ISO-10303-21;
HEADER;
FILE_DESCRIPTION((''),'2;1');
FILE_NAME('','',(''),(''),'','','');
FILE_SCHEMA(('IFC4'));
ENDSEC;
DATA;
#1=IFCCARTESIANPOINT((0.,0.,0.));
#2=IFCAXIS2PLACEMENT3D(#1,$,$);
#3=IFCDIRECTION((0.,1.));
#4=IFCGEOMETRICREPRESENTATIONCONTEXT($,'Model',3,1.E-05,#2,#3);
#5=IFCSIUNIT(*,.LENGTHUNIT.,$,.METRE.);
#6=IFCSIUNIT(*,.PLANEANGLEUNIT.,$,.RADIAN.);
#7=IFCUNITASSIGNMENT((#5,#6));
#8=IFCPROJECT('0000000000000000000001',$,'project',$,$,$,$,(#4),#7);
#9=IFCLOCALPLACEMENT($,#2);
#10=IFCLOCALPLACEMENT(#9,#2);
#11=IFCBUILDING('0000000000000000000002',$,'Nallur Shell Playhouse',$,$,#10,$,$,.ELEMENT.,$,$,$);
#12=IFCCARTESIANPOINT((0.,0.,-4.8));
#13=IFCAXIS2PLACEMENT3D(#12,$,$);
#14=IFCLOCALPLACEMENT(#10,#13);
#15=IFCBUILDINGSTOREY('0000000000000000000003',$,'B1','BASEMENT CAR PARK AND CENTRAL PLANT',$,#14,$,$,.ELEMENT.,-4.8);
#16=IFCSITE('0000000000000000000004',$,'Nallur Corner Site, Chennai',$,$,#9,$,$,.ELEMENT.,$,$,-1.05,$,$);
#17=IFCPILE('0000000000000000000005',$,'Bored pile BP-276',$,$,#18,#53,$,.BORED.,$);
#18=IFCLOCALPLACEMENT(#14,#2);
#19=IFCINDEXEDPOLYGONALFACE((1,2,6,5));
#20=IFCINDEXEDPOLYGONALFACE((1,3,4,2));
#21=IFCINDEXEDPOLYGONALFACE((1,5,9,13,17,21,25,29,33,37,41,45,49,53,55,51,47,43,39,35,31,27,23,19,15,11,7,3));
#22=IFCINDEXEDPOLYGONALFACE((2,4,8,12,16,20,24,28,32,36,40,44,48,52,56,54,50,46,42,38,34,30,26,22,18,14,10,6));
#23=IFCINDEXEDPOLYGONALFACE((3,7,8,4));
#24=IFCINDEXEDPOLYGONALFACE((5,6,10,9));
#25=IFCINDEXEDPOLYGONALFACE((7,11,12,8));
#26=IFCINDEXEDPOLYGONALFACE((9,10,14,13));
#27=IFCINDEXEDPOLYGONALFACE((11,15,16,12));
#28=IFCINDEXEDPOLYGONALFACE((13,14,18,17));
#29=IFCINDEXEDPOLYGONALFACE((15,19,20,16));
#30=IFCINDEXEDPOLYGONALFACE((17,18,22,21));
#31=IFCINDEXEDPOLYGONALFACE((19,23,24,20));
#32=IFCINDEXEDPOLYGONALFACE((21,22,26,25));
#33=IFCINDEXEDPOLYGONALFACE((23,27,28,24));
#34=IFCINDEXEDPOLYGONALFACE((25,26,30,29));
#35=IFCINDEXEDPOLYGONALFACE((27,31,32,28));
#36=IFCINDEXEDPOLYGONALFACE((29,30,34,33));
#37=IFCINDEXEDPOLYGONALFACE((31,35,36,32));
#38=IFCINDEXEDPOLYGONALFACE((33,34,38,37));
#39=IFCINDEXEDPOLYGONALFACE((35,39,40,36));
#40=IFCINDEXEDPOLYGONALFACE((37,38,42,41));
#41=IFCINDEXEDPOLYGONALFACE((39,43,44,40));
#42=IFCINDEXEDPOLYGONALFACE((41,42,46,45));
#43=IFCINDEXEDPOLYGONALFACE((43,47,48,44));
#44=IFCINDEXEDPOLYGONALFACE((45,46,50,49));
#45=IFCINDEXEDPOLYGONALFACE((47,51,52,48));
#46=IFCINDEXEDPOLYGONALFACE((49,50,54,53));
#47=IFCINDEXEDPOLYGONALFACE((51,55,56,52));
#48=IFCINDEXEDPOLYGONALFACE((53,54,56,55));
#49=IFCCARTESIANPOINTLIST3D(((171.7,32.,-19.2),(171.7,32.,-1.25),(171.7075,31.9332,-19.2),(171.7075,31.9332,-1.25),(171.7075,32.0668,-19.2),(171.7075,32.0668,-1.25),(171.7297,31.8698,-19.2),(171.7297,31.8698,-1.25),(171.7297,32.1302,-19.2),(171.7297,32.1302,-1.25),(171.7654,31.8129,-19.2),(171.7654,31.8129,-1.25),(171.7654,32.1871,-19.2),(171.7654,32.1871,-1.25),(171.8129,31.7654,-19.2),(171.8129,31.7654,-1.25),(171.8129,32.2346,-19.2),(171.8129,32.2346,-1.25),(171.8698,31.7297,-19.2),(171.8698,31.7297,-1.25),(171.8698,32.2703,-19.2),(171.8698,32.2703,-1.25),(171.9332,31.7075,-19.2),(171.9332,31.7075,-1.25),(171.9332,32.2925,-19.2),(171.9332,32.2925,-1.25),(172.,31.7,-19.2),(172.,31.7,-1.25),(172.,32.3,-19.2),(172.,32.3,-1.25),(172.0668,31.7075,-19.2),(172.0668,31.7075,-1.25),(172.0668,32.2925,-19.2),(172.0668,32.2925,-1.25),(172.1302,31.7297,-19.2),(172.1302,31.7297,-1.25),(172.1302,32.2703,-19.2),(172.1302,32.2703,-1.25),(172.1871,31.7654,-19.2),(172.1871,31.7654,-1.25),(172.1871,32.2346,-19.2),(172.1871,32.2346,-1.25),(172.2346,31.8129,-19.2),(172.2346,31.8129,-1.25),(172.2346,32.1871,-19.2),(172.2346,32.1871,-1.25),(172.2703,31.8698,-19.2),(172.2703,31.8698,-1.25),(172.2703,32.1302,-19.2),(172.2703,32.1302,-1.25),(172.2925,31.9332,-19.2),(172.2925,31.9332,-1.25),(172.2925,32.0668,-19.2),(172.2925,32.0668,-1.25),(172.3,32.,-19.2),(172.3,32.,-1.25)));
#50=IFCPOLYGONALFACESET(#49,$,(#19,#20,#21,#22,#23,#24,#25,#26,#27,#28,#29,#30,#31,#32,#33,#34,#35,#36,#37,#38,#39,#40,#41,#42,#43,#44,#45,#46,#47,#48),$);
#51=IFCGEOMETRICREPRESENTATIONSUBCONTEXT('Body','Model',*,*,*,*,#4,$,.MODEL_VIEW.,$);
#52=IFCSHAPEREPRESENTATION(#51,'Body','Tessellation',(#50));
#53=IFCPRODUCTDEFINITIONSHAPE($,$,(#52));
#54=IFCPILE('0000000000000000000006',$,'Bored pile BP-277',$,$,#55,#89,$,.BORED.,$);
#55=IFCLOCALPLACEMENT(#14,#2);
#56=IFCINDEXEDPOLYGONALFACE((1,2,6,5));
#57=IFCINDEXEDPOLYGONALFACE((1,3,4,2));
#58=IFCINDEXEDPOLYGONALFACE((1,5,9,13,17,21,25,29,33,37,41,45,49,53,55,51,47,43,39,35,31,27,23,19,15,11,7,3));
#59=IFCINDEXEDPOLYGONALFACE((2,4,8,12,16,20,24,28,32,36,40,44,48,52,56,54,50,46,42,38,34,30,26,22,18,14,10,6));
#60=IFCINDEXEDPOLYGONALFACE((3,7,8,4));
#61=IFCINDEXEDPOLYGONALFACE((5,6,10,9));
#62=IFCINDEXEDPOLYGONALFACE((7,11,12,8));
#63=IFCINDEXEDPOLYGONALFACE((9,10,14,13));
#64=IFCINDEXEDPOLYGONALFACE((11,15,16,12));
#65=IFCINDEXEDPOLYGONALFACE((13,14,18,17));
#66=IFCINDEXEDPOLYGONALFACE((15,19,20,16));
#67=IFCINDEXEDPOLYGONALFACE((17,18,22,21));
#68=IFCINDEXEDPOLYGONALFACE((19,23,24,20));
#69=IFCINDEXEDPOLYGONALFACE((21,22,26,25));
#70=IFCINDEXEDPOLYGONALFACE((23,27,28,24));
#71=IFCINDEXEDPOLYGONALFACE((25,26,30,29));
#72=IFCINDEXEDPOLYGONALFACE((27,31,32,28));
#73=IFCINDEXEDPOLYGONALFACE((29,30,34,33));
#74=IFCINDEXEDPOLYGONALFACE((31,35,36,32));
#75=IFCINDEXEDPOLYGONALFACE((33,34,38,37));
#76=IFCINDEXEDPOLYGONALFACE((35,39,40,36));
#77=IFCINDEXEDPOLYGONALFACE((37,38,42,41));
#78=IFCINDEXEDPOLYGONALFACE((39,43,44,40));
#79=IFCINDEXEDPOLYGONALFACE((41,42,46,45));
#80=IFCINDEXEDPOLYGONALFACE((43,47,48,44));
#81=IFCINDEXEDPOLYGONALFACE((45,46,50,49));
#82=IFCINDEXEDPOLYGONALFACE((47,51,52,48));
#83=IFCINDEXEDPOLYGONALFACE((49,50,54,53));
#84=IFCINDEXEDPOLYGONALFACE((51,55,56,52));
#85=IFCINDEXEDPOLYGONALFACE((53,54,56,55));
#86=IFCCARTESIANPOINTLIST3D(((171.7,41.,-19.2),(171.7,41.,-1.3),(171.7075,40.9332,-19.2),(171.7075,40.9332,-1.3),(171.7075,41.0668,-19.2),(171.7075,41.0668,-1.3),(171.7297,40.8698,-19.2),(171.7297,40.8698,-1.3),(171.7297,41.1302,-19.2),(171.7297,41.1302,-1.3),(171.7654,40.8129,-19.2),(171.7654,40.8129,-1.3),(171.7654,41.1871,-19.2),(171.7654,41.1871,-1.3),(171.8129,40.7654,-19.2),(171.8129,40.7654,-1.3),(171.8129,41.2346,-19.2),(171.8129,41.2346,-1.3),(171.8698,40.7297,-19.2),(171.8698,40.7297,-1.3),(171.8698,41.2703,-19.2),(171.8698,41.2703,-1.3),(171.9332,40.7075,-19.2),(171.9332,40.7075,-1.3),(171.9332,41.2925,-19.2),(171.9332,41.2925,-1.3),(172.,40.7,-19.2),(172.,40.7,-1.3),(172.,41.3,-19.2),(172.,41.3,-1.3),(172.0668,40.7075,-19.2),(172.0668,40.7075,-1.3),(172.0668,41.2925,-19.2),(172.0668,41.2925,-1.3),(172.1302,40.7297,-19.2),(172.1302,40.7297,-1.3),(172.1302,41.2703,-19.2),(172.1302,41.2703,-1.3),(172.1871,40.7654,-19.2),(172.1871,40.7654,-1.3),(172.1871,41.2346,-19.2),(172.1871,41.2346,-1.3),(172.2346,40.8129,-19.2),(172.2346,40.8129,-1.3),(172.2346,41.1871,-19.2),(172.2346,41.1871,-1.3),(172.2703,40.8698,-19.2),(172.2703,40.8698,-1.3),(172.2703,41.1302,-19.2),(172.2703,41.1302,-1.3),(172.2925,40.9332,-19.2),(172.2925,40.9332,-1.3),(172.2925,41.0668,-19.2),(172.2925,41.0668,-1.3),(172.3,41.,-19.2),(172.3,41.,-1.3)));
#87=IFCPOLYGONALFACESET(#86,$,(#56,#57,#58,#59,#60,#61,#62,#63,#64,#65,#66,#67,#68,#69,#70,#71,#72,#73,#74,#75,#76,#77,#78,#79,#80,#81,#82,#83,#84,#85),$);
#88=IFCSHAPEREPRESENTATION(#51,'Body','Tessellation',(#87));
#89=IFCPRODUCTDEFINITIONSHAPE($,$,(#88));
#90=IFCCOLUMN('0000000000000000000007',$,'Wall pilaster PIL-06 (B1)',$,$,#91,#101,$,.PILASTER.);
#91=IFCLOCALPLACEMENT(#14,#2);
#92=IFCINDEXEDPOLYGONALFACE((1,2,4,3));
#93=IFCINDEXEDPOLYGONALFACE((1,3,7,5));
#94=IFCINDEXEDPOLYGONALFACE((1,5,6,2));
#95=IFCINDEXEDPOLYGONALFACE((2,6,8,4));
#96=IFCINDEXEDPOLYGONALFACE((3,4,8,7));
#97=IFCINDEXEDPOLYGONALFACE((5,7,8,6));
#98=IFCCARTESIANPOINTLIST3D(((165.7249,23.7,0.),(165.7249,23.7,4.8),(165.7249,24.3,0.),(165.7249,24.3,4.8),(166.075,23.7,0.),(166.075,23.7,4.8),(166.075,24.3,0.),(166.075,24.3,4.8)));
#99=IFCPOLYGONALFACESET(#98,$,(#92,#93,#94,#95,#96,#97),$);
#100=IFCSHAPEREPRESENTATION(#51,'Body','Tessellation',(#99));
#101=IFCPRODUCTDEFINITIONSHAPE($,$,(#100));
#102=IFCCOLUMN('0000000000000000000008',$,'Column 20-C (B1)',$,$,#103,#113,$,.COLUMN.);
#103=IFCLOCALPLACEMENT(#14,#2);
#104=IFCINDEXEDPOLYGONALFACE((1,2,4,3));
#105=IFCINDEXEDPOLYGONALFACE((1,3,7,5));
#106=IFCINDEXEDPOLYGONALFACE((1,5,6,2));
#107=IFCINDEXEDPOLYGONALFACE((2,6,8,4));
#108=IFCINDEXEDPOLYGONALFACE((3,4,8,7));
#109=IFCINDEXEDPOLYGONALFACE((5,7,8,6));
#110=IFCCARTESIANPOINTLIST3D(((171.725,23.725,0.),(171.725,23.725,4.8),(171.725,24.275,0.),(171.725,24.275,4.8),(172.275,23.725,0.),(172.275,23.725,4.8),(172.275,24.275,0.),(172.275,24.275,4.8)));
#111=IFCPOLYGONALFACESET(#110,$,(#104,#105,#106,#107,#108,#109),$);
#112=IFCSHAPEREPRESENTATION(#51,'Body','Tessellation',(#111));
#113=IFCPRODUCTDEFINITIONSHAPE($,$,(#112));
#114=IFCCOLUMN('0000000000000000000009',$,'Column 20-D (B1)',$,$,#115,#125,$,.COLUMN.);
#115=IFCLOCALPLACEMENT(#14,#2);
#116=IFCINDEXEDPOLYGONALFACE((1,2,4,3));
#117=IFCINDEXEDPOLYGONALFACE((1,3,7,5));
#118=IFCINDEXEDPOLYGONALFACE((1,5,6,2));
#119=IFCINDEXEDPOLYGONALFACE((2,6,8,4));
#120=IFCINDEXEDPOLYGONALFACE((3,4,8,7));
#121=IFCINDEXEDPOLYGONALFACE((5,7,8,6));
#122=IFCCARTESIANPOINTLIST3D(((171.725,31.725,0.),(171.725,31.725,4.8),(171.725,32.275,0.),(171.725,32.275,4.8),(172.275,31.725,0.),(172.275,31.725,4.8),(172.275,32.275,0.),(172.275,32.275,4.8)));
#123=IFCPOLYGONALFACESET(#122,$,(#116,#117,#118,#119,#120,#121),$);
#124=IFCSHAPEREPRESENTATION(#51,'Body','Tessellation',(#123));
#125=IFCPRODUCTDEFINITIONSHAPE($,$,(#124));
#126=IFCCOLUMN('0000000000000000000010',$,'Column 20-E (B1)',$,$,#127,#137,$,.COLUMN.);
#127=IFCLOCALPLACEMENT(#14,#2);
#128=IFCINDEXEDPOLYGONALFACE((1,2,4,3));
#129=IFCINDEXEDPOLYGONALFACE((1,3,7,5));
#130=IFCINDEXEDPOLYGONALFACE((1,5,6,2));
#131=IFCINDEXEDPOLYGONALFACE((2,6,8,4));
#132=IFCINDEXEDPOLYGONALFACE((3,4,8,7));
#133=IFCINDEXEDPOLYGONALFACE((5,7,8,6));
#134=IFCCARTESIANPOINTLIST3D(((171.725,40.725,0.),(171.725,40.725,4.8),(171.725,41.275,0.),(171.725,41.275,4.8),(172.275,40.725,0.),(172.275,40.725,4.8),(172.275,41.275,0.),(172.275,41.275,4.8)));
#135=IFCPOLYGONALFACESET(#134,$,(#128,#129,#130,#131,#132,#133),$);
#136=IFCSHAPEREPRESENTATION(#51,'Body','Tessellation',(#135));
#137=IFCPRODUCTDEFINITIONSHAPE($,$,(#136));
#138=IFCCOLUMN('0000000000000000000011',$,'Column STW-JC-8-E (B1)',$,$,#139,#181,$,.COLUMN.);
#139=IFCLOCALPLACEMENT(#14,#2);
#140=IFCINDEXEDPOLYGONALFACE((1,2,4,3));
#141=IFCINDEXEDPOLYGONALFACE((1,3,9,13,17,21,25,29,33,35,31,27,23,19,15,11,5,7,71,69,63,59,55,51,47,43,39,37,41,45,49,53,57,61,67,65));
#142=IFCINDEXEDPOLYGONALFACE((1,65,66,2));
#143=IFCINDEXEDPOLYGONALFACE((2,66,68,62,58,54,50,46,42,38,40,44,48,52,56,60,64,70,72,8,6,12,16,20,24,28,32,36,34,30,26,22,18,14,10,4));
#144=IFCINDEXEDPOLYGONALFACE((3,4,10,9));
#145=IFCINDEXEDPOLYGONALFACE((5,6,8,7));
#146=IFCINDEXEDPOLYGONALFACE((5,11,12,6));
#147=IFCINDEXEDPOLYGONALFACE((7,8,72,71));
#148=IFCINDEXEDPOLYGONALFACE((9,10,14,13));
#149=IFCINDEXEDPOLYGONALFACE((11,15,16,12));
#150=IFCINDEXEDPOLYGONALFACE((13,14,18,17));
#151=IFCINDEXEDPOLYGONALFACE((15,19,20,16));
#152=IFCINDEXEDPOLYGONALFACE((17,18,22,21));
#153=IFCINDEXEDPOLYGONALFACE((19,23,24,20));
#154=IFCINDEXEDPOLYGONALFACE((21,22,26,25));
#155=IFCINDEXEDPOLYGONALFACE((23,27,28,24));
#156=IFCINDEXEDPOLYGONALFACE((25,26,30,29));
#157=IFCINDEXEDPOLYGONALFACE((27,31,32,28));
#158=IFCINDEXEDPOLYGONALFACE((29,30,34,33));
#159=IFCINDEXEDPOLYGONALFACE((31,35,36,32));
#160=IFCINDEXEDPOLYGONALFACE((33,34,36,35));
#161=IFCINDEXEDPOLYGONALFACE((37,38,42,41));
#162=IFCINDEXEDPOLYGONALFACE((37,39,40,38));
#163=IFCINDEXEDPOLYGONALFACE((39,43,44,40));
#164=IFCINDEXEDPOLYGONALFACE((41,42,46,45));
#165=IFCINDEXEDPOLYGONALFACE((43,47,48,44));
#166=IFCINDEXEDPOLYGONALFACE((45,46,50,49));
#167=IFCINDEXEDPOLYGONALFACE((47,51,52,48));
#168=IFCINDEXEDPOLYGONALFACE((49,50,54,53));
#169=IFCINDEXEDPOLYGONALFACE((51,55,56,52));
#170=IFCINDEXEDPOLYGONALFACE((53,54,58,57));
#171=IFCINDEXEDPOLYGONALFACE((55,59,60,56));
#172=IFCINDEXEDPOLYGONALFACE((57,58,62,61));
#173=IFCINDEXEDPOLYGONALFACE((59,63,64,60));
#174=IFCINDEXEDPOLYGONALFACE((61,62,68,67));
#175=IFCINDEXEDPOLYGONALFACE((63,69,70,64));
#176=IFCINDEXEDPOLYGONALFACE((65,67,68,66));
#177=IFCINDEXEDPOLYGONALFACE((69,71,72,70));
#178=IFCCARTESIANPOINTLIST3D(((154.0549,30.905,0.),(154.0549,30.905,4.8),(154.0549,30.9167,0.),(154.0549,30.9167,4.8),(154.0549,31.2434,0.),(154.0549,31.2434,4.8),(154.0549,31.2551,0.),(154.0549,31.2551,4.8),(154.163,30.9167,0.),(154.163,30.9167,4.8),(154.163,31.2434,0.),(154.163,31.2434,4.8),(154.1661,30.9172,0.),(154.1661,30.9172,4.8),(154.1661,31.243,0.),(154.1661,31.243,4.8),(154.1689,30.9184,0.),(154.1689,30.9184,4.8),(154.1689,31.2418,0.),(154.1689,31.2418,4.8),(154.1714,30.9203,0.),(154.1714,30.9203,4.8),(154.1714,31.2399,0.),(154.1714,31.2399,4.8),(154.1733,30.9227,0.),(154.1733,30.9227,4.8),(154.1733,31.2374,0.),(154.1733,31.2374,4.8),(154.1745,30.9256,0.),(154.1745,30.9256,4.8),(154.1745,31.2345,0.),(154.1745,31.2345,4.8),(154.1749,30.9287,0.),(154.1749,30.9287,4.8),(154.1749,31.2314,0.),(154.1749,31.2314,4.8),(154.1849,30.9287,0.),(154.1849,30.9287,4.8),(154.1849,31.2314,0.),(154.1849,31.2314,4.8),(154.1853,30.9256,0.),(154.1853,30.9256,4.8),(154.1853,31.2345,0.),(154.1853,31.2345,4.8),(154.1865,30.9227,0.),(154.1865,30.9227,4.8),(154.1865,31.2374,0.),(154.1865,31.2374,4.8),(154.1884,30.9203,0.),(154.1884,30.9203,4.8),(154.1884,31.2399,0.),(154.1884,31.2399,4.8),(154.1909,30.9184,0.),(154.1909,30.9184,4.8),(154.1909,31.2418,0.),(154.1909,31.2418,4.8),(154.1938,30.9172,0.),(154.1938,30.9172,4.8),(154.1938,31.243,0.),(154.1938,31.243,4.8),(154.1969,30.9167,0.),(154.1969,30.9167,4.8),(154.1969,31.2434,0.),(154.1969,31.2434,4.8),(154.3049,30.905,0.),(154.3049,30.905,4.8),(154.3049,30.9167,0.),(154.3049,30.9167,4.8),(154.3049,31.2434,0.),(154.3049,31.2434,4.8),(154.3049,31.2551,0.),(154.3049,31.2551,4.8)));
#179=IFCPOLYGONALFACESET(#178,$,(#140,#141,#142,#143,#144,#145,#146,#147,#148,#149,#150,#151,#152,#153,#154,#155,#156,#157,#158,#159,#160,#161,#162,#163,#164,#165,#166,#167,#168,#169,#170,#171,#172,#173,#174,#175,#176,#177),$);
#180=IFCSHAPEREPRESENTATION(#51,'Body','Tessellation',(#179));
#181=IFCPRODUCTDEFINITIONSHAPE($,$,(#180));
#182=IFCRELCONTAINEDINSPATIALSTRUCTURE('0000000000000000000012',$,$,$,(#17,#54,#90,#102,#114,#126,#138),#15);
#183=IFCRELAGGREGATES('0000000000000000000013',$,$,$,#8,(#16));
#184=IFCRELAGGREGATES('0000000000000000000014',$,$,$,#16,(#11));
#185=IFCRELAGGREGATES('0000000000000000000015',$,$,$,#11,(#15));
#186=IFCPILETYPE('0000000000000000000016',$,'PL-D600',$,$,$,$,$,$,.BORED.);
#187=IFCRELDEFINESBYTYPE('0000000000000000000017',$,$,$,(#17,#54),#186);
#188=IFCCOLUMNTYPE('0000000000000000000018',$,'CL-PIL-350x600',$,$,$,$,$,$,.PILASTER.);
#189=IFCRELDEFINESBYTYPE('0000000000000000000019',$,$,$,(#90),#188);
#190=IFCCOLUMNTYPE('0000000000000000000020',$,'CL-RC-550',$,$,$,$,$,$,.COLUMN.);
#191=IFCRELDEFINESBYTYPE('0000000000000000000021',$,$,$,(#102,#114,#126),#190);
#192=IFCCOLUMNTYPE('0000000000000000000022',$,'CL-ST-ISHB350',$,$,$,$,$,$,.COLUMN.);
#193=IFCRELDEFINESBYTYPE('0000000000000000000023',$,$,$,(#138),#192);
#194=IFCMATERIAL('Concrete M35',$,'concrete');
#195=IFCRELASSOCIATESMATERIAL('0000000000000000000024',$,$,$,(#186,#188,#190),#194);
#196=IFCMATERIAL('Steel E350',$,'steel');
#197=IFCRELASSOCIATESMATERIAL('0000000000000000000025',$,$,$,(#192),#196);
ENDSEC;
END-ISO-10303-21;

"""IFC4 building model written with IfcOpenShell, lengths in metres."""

from ifc_helpers import new_model, si_unit, direction, frame, origin, origin_2d, place, context, subcontext, project, spatial, rectangle, circle, i_section, extrude, material, material_profile, profile_set, type_object, element, save


model = new_model("IFC4")

# Units and contexts
model_context = context("Model", 3, precision=1e-05, world=origin(), true_north=direction((0.0, 1.0)))
body_context = subcontext(model_context, "Body", "Model", "MODEL_VIEW")
ifc_project = project(units=[si_unit("LENGTHUNIT", "METRE"), si_unit("PLANEANGLEUNIT", "RADIAN")], contexts=[model_context])

# Site, building, storey
site_placement = place(None, origin())
site = spatial("IfcSite", under=ifc_project, at=site_placement, Name="Nallur Corner Site, Chennai", CompositionType="ELEMENT", RefElevation=-1.05)
building_placement = place(site_placement, origin())
building = spatial("IfcBuilding", under=site, at=building_placement, Name="Nallur Shell Playhouse", CompositionType="ELEMENT")
storey_placement = place(building_placement, frame((0.0, 0.0, -4.8)))
storey = spatial("IfcBuildingStorey", under=building, at=storey_placement, Name="B1", Description="BASEMENT CAR PARK AND CENTRAL PLANT", CompositionType="ELEMENT", Elevation=-4.8)

# Shared definitions
ifc_material_1 = material(Name="Concrete M35", Category="concrete")

# Piles
ifc_material_profile_1 = material_profile(ifc_material_1, circle(Radius=0.3, at=origin_2d()), Name="BORED PILE D600")
ifc_profile_set_1 = profile_set([ifc_material_profile_1], Name="Concrete M35")
pile_type_1 = type_object("IfcPileType", Name="PL-D600", PredefinedType="BORED", material=ifc_profile_set_1)
pile_1_placement = place(storey_placement, frame((172.0, 32.0, -1.25), z_axis=(0.0, 0.0, -1.0), x_axis=(1.0, 0.0, 0.0)))
element("IfcPile", 1, at=pile_1_placement, inside=storey, type_object=pile_type_1, Name="Bored pile BP-276", PredefinedType="BORED", context=body_context, shape_type="SweptSolid", body=[
    extrude(circle(Radius=0.3, at=origin_2d()), origin(), (0.0, 0.0, 1.0), 17.95),
])
pile_2_placement = place(storey_placement, frame((172.0, 41.0, -1.3), z_axis=(0.0, 0.0, -1.0), x_axis=(1.0, 0.0, 0.0)))
element("IfcPile", 2, at=pile_2_placement, inside=storey, type_object=pile_type_1, Name="Bored pile BP-277", PredefinedType="BORED", context=body_context, shape_type="SweptSolid", body=[
    extrude(circle(Radius=0.3, at=origin_2d()), origin(), (0.0, 0.0, 1.0), 17.8999),
])

# Columns
ifc_material_profile_2 = material_profile(ifc_material_1, rectangle(XDim=0.3501, YDim=0.6001, at=origin_2d()), Name="RC 350x600")
ifc_profile_set_2 = profile_set([ifc_material_profile_2], Name="Concrete M35")
column_type_1 = type_object("IfcColumnType", Name="CL-PIL-350x600", PredefinedType="PILASTER", material=ifc_profile_set_2)
column_placement = place(storey_placement, frame((165.8999, 24.0, 0.0), z_axis=(0.0, 0.0, 1.0), x_axis=(1.0, 0.0, 0.0)))
element("IfcColumn", 3, at=column_placement, inside=storey, type_object=column_type_1, Name="Wall pilaster PIL-06 (B1)", PredefinedType="PILASTER", context=body_context, shape_type="SweptSolid", body=[
    extrude(rectangle(XDim=0.3501, YDim=0.6001, at=origin_2d()), origin(), (0.0, 0.0, 1.0), 4.8),
])
ifc_material_profile_3 = material_profile(ifc_material_1, rectangle(XDim=0.55, YDim=0.55, at=origin_2d()), Name="RC 550x550")
ifc_profile_set_3 = profile_set([ifc_material_profile_3], Name="Concrete M35")
column_type_2 = type_object("IfcColumnType", Name="CL-RC-550", PredefinedType="COLUMN", material=ifc_profile_set_3)
for number, where, z_axis, x_axis, name in (
    (4, (172.0, 24.0, 0.0), (0.0, 0.0, 1.0), (1.0, 0.0, 0.0), "Column 20-C (B1)"),
    (5, (172.0, 32.0, 0.0), (0.0, 0.0, 1.0), (1.0, 0.0, 0.0), "Column 20-D (B1)"),
    (6, (172.0, 41.0, 0.0), (0.0, 0.0, 1.0), (1.0, 0.0, 0.0), "Column 20-E (B1)"),
):
    element("IfcColumn", number, at=place(storey_placement, frame(where, z_axis=z_axis, x_axis=x_axis)), inside=storey, type_object=column_type_2, Name=name, PredefinedType="COLUMN", context=body_context, shape_type="SweptSolid", body=[
        extrude(rectangle(XDim=0.55, YDim=0.55, at=origin_2d()), origin(), (0.0, 0.0, 1.0), 4.8),
    ])
ifc_material_2 = material(Name="Steel E350", Category="steel")
ifc_material_profile_4 = material_profile(ifc_material_2, i_section(OverallWidth=0.25, OverallDepth=0.3501, WebThickness=0.01, FlangeThickness=0.0117, FilletRadius=0.012, at=origin_2d()), Name="ISHB 350")
ifc_profile_set_4 = profile_set([ifc_material_profile_4], Name="Steel E350")
column_type_3 = type_object("IfcColumnType", Name="CL-ST-ISHB350", PredefinedType="COLUMN", material=ifc_profile_set_4)
for number, where, z_axis, x_axis, name in (
    (7, (154.1799, 31.0801, 0.0), (0.0, 0.0, 1.0), (1.0, 0.0, 0.0), "Column STW-JC-8-E (B1)"),
):
    element("IfcColumn", number, at=place(storey_placement, frame(where, z_axis=z_axis, x_axis=x_axis)), inside=storey, type_object=column_type_3, Name=name, PredefinedType="COLUMN", context=body_context, shape_type="SweptSolid", body=[
        extrude(i_section(OverallWidth=0.25, OverallDepth=0.3501, WebThickness=0.01, FlangeThickness=0.0117, FilletRadius=0.012, at=origin_2d()), origin(), (0.0, 0.0, 1.0), 4.8),
    ])

save(model, "model.ifc")
